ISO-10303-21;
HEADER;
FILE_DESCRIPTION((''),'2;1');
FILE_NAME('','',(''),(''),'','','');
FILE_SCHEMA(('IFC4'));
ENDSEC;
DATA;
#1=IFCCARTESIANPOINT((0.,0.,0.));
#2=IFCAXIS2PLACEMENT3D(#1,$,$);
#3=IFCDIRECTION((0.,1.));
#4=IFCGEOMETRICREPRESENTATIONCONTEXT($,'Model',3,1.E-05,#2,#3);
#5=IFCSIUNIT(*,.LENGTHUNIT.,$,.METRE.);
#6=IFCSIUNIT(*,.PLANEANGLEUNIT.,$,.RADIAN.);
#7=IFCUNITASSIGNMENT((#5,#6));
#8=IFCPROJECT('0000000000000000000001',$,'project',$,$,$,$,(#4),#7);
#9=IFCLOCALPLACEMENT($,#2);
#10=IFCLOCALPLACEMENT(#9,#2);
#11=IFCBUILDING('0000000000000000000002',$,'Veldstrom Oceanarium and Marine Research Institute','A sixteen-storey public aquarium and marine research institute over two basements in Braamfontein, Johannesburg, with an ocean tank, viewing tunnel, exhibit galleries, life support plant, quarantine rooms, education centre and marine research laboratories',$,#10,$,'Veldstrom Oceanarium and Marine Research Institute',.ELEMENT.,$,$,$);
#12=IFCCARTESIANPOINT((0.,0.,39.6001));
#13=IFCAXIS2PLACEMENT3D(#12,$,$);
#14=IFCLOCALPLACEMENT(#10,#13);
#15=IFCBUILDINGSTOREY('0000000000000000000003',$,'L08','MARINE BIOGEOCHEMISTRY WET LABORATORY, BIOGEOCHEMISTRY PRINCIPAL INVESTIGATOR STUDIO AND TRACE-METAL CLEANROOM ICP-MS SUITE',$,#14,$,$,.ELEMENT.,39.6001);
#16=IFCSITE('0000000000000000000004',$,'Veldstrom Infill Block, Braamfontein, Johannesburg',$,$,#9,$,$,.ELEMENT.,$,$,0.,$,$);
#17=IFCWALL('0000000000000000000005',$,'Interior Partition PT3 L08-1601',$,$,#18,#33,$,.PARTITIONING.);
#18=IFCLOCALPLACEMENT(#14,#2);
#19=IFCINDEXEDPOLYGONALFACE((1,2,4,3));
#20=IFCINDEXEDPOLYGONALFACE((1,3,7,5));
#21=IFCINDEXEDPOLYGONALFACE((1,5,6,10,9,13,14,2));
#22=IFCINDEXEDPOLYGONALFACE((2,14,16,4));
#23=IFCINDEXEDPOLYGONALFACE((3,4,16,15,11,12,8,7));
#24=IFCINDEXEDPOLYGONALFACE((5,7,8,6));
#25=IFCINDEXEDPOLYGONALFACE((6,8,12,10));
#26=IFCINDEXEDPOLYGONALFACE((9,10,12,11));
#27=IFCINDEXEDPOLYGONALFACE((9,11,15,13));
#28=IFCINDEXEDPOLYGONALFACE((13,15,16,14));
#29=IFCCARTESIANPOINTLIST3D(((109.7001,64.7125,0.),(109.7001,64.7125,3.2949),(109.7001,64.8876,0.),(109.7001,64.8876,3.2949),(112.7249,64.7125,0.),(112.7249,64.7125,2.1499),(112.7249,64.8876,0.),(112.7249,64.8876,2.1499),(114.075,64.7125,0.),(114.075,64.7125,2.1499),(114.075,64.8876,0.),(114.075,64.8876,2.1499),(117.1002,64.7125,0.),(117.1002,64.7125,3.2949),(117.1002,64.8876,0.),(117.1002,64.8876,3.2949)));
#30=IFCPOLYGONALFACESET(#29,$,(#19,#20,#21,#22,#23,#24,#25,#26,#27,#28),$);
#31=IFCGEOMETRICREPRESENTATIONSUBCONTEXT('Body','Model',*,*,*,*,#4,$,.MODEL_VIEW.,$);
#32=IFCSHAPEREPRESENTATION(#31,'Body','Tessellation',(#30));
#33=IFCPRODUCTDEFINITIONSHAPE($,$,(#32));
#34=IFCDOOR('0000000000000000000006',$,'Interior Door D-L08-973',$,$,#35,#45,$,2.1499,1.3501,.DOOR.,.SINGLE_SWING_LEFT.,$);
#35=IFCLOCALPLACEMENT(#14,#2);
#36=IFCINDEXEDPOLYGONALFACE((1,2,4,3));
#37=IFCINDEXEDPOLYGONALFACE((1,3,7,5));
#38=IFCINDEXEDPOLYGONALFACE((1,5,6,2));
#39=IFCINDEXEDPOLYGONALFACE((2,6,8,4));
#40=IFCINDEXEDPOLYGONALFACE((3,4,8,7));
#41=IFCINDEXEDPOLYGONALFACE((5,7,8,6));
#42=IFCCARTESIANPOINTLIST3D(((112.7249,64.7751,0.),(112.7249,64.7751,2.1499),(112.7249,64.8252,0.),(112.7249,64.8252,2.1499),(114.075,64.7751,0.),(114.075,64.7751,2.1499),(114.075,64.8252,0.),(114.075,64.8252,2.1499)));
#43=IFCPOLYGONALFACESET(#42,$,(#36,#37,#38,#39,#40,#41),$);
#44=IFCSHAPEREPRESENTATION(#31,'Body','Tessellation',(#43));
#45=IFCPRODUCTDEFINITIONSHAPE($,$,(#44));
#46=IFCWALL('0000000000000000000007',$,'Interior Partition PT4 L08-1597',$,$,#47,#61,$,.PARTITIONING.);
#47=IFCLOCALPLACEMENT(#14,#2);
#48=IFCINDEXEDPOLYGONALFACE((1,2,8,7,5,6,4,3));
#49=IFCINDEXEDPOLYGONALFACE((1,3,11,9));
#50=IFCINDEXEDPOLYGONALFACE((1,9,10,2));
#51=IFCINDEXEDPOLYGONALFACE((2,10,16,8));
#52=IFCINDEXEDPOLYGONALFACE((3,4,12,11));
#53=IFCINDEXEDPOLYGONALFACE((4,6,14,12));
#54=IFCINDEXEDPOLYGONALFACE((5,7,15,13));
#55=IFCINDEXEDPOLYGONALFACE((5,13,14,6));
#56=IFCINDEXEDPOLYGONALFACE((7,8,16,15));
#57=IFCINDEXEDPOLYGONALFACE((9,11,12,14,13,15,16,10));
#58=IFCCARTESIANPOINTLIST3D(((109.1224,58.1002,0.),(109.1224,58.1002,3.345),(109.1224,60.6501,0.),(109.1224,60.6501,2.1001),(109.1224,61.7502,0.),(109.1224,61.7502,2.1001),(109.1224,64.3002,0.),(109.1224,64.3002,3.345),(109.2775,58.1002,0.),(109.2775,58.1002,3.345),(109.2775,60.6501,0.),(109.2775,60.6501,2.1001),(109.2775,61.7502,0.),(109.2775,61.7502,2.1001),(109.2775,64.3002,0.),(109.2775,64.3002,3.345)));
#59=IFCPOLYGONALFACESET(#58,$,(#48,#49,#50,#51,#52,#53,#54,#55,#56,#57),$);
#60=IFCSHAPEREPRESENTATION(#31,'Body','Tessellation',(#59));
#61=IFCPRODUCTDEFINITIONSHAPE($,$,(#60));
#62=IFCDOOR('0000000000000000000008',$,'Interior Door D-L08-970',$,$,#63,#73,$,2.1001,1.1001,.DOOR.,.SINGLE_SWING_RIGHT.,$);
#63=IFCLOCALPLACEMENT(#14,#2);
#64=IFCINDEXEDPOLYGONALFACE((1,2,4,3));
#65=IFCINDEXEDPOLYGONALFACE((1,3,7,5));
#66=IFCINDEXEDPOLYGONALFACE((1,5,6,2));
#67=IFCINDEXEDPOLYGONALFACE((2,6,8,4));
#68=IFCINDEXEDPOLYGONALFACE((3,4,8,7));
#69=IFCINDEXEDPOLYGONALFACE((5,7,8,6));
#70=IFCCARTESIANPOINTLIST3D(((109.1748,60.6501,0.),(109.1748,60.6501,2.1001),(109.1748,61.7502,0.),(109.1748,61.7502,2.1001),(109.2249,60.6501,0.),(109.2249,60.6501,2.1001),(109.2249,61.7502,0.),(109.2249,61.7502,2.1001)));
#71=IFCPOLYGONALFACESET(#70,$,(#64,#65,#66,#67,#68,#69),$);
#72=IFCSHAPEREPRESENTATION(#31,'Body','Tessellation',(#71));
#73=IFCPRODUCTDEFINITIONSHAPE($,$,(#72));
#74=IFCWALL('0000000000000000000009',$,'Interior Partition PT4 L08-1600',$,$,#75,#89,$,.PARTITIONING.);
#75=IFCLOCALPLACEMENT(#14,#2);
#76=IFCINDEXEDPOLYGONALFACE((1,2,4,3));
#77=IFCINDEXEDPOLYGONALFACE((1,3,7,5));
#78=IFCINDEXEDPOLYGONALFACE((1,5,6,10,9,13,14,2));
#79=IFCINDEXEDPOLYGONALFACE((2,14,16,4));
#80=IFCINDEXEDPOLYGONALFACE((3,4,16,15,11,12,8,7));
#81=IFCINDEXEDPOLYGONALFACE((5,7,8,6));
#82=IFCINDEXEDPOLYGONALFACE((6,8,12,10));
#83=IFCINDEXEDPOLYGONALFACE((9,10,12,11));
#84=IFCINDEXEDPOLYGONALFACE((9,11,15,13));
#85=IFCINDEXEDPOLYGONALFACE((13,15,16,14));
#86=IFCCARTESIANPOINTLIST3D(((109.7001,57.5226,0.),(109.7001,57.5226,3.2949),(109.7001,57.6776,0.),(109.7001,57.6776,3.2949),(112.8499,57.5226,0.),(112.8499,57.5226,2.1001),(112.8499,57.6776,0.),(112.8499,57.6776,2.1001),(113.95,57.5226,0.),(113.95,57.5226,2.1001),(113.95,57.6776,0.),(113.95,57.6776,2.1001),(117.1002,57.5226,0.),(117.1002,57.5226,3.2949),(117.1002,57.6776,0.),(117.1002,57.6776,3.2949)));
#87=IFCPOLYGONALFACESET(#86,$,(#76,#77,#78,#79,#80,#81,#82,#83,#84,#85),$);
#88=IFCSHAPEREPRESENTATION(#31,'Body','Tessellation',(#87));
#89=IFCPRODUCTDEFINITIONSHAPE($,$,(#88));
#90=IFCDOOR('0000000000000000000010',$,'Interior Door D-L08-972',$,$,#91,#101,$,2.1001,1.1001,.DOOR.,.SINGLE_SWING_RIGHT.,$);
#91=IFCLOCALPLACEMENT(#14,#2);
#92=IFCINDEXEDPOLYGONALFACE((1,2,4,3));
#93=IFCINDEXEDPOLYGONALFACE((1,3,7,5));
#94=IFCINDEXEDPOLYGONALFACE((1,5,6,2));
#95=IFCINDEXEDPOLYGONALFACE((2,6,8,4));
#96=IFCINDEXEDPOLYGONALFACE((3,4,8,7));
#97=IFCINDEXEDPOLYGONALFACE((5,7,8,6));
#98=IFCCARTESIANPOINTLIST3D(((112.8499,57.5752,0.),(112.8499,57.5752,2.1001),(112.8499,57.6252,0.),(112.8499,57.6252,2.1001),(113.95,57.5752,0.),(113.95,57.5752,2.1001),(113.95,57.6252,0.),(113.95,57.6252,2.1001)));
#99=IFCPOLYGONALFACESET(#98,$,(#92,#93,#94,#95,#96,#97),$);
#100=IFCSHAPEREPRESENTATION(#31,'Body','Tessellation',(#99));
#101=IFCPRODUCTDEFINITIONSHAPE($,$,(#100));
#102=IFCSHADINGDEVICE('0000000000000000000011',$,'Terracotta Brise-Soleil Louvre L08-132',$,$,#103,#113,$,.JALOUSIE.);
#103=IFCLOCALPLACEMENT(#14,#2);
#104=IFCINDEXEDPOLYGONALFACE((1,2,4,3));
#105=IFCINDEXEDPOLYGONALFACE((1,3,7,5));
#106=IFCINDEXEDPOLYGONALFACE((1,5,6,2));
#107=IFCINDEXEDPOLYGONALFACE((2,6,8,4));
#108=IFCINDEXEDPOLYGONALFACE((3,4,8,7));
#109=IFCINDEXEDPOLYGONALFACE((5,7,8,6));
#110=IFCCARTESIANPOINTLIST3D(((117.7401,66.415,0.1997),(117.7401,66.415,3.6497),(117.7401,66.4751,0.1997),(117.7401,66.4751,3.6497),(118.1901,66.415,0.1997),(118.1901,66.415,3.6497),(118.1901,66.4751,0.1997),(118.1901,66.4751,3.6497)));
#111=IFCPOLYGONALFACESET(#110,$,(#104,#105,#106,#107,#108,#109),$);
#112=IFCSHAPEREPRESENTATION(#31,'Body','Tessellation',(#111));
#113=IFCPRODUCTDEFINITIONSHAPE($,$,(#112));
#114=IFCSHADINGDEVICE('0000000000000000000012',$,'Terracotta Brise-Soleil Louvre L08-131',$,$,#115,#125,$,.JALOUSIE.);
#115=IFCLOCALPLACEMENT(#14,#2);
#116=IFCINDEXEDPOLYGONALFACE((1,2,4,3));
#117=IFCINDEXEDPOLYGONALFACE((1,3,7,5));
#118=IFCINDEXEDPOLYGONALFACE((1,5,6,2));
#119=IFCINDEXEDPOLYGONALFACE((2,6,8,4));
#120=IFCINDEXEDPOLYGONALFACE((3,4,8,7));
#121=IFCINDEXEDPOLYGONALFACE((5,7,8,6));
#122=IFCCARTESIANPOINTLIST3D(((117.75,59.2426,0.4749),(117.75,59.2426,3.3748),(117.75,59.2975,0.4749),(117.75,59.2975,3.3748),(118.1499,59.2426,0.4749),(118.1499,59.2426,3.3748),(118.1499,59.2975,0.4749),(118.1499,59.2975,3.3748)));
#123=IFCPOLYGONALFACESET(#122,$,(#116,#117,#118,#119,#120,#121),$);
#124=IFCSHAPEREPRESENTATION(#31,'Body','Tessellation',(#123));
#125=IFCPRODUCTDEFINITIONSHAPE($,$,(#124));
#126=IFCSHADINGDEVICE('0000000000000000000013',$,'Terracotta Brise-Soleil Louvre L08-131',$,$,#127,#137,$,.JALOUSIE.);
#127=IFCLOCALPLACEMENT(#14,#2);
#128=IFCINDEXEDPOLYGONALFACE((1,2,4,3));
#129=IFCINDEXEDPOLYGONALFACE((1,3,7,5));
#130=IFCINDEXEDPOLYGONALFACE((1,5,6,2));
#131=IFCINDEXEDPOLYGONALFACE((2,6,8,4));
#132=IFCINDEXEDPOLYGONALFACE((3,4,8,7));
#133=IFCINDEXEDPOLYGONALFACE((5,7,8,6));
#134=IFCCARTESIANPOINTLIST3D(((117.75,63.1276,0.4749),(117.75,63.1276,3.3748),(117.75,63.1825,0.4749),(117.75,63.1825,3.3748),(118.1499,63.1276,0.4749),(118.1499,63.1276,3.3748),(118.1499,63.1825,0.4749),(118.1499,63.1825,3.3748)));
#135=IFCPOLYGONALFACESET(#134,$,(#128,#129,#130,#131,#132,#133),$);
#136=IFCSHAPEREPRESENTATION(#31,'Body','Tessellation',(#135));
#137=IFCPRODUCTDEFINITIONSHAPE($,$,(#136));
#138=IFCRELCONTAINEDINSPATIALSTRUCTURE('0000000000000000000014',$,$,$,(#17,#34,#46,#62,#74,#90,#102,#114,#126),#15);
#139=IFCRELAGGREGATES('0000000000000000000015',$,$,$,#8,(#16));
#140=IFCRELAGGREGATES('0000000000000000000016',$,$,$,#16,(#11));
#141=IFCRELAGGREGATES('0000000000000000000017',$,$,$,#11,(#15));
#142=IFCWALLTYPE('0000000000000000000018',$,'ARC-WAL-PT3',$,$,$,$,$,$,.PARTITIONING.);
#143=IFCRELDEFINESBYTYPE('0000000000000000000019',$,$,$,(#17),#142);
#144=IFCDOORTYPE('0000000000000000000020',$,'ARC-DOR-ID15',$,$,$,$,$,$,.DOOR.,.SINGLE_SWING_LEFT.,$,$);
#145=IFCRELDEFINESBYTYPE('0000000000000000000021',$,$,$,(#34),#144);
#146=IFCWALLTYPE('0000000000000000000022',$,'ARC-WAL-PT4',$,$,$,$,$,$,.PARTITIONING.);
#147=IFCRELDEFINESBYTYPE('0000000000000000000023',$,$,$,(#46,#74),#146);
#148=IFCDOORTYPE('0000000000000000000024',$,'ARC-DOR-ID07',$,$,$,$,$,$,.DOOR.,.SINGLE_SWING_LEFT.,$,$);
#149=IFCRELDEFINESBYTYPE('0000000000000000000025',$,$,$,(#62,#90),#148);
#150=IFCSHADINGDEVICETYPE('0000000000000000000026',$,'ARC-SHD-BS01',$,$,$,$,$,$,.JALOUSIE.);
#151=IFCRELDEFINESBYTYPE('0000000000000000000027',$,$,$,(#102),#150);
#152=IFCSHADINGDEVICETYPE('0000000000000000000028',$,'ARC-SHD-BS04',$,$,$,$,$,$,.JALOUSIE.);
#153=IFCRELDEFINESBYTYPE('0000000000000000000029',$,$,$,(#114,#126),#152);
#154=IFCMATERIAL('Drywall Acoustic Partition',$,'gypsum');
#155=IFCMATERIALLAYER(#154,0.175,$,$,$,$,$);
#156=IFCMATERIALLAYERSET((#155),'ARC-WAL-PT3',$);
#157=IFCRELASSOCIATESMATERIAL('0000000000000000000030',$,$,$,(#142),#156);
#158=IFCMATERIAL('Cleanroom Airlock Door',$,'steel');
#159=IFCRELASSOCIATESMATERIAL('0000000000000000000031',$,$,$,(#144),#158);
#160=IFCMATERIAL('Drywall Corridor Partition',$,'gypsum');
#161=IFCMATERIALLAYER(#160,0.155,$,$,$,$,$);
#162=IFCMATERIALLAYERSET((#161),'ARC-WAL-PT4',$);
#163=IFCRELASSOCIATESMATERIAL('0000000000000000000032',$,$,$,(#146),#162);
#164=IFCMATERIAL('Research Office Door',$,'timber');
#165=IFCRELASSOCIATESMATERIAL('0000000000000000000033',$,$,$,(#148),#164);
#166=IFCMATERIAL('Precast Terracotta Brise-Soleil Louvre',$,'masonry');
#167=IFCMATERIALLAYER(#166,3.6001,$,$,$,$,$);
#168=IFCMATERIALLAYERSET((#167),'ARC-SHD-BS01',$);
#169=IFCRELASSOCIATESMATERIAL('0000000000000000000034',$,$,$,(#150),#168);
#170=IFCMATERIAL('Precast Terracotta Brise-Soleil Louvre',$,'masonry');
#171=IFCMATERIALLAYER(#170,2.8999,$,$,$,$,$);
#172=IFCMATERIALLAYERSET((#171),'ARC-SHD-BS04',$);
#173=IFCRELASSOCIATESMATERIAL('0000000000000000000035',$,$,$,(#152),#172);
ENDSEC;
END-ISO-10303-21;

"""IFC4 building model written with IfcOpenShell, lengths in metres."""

from ifc_helpers import new_model, si_unit, direction, frame, frame_2d, origin, origin_2d, place, context, subcontext, project, spatial, rectangle, extrude, material, layer, layer_set, type_object, element, fill, save


model = new_model("IFC4")

# Units and contexts
model_context = context("Model", 3, precision=1e-05, world=origin(), true_north=direction((0.0, 1.0)))
body_context = subcontext(model_context, "Body", "Model", "MODEL_VIEW")
ifc_project = project(units=[si_unit("LENGTHUNIT", "METRE"), si_unit("PLANEANGLEUNIT", "RADIAN")], contexts=[model_context])

# Site, building, storey
site_placement = place(None, origin())
site = spatial("IfcSite", under=ifc_project, at=site_placement, Name="Veldstrom Infill Block, Braamfontein, Johannesburg", CompositionType="ELEMENT", RefElevation=0.0)
building_placement = place(site_placement, origin())
building = spatial("IfcBuilding", under=site, at=building_placement, Name="Veldstrom Oceanarium and Marine Research Institute", Description="A sixteen-storey public aquarium and marine research institute over two basements in Braamfontein, Johannesburg, with an ocean tank, viewing tunnel, exhibit galleries, life support plant, quarantine rooms, education centre and marine research laboratories", LongName="Veldstrom Oceanarium and Marine Research Institute", CompositionType="ELEMENT")
storey_placement = place(building_placement, frame((0.0, 0.0, 39.6001)))
storey = spatial("IfcBuildingStorey", under=building, at=storey_placement, Name="L08", Description="MARINE BIOGEOCHEMISTRY WET LABORATORY, BIOGEOCHEMISTRY PRINCIPAL INVESTIGATOR STUDIO AND TRACE-METAL CLEANROOM ICP-MS SUITE", CompositionType="ELEMENT", Elevation=39.6001)

# Shared definitions
ifc_material_1 = material(Name="Drywall Acoustic Partition", Category="gypsum")
ifc_layer_1 = layer(ifc_material_1, 0.175)
ifc_layer_set_1 = layer_set([ifc_layer_1], Name="ARC-WAL-PT3")
wall_type_1 = type_object("IfcWallType", Name="ARC-WAL-PT3", PredefinedType="PARTITIONING", material=ifc_layer_set_1)

# Walls, openings, doors
wall_1_placement = place(storey_placement, frame((109.7, 64.8, 0.0), z_axis=(0.0, 0.0, 1.0), x_axis=(1.0, 0.0, 0.0)))
wall_1 = element("IfcWall", 1, at=wall_1_placement, inside=storey, type_object=wall_type_1, Name="Interior Partition PT3 L08-1601", PredefinedType="PARTITIONING", context=body_context, shape_type="SweptSolid", body=[
    extrude(rectangle(XDim=7.4001, YDim=0.175, at=frame_2d((3.7002, 0.0))), origin(), (0.0, 0.0, 1.0), 3.2949),
])
opening_1_placement = place(wall_1_placement, frame((3.0249, 0.0, 0.0)))
opening_1 = element("IfcOpeningElement", 2, at=opening_1_placement, cuts=wall_1, PredefinedType="OPENING", context=body_context, shape_type="SweptSolid", body=[
    extrude(rectangle(XDim=1.3501, YDim=2.1499, at=frame_2d((0.675, 1.075))), frame((0.0, 0.0974, 0.0), z_axis=(0.0, -1.0, 0.0), x_axis=(1.0, 0.0, 0.0)), (0.0, 0.0, 1.0), 0.1951),
])
ifc_material_2 = material(Name="Cleanroom Airlock Door", Category="steel")
door_type_1 = type_object("IfcDoorType", Name="ARC-DOR-ID15", OperationType="SINGLE_SWING_LEFT", PredefinedType="DOOR", material=ifc_material_2)
door_1_placement = place(opening_1_placement, frame((1.3501, 0.0, 0.0), z_axis=(0.0, 0.0, 1.0), x_axis=(-1.0, 0.0, 0.0)))
door_1 = element("IfcDoor", 3, at=door_1_placement, inside=storey, type_object=door_type_1, Name="Interior Door D-L08-973", OperationType="SINGLE_SWING_LEFT", OverallHeight=2.1499, OverallWidth=1.3501, PredefinedType="DOOR", context=body_context, shape_type="SweptSolid", body=[
    extrude(rectangle(XDim=1.3501, YDim=2.1499, at=frame_2d((0.675, 1.075))), frame((0.0, 0.0249, 0.0), z_axis=(0.0, -1.0, 0.0), x_axis=(1.0, 0.0, 0.0)), (0.0, 0.0, 1.0), 0.05),
])
fill(opening_1, door_1)
ifc_material_3 = material(Name="Drywall Corridor Partition", Category="gypsum")
ifc_layer_2 = layer(ifc_material_3, 0.155)
ifc_layer_set_2 = layer_set([ifc_layer_2], Name="ARC-WAL-PT4")
wall_type_2 = type_object("IfcWallType", Name="ARC-WAL-PT4", PredefinedType="PARTITIONING", material=ifc_layer_set_2)
wall_2_placement = place(storey_placement, frame((109.2, 58.1001, 0.0), z_axis=(0.0, 0.0, 1.0), x_axis=(0.0, 1.0, 0.0)))
wall_2 = element("IfcWall", 4, at=wall_2_placement, inside=storey, type_object=wall_type_2, Name="Interior Partition PT4 L08-1597", PredefinedType="PARTITIONING", context=body_context, shape_type="SweptSolid", body=[
    extrude(rectangle(XDim=6.2, YDim=0.155, at=frame_2d((3.1001, 0.0))), origin(), (0.0, 0.0, 1.0), 3.345),
])
opening_2_placement = place(wall_2_placement, frame((2.55, 0.0, 0.0)))
opening_2 = element("IfcOpeningElement", 5, at=opening_2_placement, cuts=wall_2, PredefinedType="OPENING", context=body_context, shape_type="SweptSolid", body=[
    extrude(rectangle(XDim=1.1001, YDim=2.1001, at=frame_2d((0.55, 1.05))), frame((0.0, 0.0874, 0.0), z_axis=(0.0, -1.0, 0.0), x_axis=(1.0, 0.0, 0.0)), (0.0, 0.0, 1.0), 0.175),
])
ifc_material_4 = material(Name="Research Office Door", Category="timber")
door_type_2 = type_object("IfcDoorType", Name="ARC-DOR-ID07", OperationType="SINGLE_SWING_LEFT", PredefinedType="DOOR", material=ifc_material_4)
door_2_placement = place(opening_2_placement, frame((1.1001, 0.0, 0.0), z_axis=(0.0, 0.0, 1.0), x_axis=(-1.0, 0.0, 0.0)))
door_2 = element("IfcDoor", 6, at=door_2_placement, inside=storey, type_object=door_type_2, Name="Interior Door D-L08-970", OperationType="SINGLE_SWING_RIGHT", OverallHeight=2.1001, OverallWidth=1.1001, PredefinedType="DOOR", context=body_context, shape_type="SweptSolid", body=[
    extrude(rectangle(XDim=1.1001, YDim=2.1001, at=frame_2d((0.55, 1.05))), frame((0.0, 0.0249, 0.0), z_axis=(0.0, -1.0, 0.0), x_axis=(1.0, 0.0, 0.0)), (0.0, 0.0, 1.0), 0.05),
])
fill(opening_2, door_2)
wall_3_placement = place(storey_placement, frame((109.7, 57.6001, 0.0), z_axis=(0.0, 0.0, 1.0), x_axis=(1.0, 0.0, 0.0)))
wall_3 = element("IfcWall", 7, at=wall_3_placement, inside=storey, type_object=wall_type_2, Name="Interior Partition PT4 L08-1600", PredefinedType="PARTITIONING", context=body_context, shape_type="SweptSolid", body=[
    extrude(rectangle(XDim=7.4001, YDim=0.155, at=frame_2d((3.7002, 0.0))), origin(), (0.0, 0.0, 1.0), 3.2949),
])
opening_3_placement = place(wall_3_placement, frame((3.1499, 0.0, 0.0)))
opening_3 = element("IfcOpeningElement", 8, at=opening_3_placement, cuts=wall_3, PredefinedType="OPENING", context=body_context, shape_type="SweptSolid", body=[
    extrude(rectangle(XDim=1.1001, YDim=2.1001, at=frame_2d((0.55, 1.05))), frame((0.0, 0.0874, 0.0), z_axis=(0.0, -1.0, 0.0), x_axis=(1.0, 0.0, 0.0)), (0.0, 0.0, 1.0), 0.175),
])
door_3_placement = place(opening_3_placement, frame((1.1001, 0.0, 0.0), z_axis=(0.0, 0.0, 1.0), x_axis=(-1.0, 0.0, 0.0)))
door_3 = element("IfcDoor", 9, at=door_3_placement, inside=storey, type_object=door_type_2, Name="Interior Door D-L08-972", OperationType="SINGLE_SWING_RIGHT", OverallHeight=2.1001, OverallWidth=1.1001, PredefinedType="DOOR", context=body_context, shape_type="SweptSolid", body=[
    extrude(rectangle(XDim=1.1001, YDim=2.1001, at=frame_2d((0.55, 1.05))), frame((0.0, 0.0249, 0.0), z_axis=(0.0, -1.0, 0.0), x_axis=(1.0, 0.0, 0.0)), (0.0, 0.0, 1.0), 0.05),
])
fill(opening_3, door_3)

# Shading devices
ifc_material_5 = material(Name="Precast Terracotta Brise-Soleil Louvre", Category="masonry")
ifc_layer_3 = layer(ifc_material_5, 3.6001)
ifc_layer_set_3 = layer_set([ifc_layer_3], Name="ARC-SHD-BS01")
shading_device_type_1 = type_object("IfcShadingDeviceType", Name="ARC-SHD-BS01", PredefinedType="JALOUSIE", material=ifc_layer_set_3)
shading_device_placement = place(storey_placement, frame((117.9651, 66.4451, 0.1997), z_axis=(0.0, 0.0, 1.0), x_axis=(1.0, 0.0, 0.0)))
element("IfcShadingDevice", 10, at=shading_device_placement, inside=storey, type_object=shading_device_type_1, Name="Terracotta Brise-Soleil Louvre L08-132", PredefinedType="JALOUSIE", context=body_context, shape_type="SweptSolid", body=[
    extrude(rectangle(XDim=0.45, YDim=0.0601, at=origin_2d()), origin(), (0.0, 0.0, 1.0), 3.45),
])
ifc_material_6 = material(Name="Precast Terracotta Brise-Soleil Louvre", Category="masonry")
ifc_layer_4 = layer(ifc_material_6, 2.8999)
ifc_layer_set_4 = layer_set([ifc_layer_4], Name="ARC-SHD-BS04")
shading_device_type_2 = type_object("IfcShadingDeviceType", Name="ARC-SHD-BS04", PredefinedType="JALOUSIE", material=ifc_layer_set_4)
for number, where, z_axis, x_axis, name in (
    (11, (117.95, 59.27, 0.4749), (0.0, 0.0, 1.0), (1.0, 0.0, 0.0), "Terracotta Brise-Soleil Louvre L08-131"),
    (12, (117.95, 63.155, 0.4749), (0.0, 0.0, 1.0), (1.0, 0.0, 0.0), "Terracotta Brise-Soleil Louvre L08-131"),
):
    element("IfcShadingDevice", number, at=place(storey_placement, frame(where, z_axis=z_axis, x_axis=x_axis)), inside=storey, type_object=shading_device_type_2, Name=name, PredefinedType="JALOUSIE", context=body_context, shape_type="SweptSolid", body=[
        extrude(rectangle(XDim=0.3999, YDim=0.0549, at=origin_2d()), origin(), (0.0, 0.0, 1.0), 2.8999),
    ])

save(model, "model.ifc")
